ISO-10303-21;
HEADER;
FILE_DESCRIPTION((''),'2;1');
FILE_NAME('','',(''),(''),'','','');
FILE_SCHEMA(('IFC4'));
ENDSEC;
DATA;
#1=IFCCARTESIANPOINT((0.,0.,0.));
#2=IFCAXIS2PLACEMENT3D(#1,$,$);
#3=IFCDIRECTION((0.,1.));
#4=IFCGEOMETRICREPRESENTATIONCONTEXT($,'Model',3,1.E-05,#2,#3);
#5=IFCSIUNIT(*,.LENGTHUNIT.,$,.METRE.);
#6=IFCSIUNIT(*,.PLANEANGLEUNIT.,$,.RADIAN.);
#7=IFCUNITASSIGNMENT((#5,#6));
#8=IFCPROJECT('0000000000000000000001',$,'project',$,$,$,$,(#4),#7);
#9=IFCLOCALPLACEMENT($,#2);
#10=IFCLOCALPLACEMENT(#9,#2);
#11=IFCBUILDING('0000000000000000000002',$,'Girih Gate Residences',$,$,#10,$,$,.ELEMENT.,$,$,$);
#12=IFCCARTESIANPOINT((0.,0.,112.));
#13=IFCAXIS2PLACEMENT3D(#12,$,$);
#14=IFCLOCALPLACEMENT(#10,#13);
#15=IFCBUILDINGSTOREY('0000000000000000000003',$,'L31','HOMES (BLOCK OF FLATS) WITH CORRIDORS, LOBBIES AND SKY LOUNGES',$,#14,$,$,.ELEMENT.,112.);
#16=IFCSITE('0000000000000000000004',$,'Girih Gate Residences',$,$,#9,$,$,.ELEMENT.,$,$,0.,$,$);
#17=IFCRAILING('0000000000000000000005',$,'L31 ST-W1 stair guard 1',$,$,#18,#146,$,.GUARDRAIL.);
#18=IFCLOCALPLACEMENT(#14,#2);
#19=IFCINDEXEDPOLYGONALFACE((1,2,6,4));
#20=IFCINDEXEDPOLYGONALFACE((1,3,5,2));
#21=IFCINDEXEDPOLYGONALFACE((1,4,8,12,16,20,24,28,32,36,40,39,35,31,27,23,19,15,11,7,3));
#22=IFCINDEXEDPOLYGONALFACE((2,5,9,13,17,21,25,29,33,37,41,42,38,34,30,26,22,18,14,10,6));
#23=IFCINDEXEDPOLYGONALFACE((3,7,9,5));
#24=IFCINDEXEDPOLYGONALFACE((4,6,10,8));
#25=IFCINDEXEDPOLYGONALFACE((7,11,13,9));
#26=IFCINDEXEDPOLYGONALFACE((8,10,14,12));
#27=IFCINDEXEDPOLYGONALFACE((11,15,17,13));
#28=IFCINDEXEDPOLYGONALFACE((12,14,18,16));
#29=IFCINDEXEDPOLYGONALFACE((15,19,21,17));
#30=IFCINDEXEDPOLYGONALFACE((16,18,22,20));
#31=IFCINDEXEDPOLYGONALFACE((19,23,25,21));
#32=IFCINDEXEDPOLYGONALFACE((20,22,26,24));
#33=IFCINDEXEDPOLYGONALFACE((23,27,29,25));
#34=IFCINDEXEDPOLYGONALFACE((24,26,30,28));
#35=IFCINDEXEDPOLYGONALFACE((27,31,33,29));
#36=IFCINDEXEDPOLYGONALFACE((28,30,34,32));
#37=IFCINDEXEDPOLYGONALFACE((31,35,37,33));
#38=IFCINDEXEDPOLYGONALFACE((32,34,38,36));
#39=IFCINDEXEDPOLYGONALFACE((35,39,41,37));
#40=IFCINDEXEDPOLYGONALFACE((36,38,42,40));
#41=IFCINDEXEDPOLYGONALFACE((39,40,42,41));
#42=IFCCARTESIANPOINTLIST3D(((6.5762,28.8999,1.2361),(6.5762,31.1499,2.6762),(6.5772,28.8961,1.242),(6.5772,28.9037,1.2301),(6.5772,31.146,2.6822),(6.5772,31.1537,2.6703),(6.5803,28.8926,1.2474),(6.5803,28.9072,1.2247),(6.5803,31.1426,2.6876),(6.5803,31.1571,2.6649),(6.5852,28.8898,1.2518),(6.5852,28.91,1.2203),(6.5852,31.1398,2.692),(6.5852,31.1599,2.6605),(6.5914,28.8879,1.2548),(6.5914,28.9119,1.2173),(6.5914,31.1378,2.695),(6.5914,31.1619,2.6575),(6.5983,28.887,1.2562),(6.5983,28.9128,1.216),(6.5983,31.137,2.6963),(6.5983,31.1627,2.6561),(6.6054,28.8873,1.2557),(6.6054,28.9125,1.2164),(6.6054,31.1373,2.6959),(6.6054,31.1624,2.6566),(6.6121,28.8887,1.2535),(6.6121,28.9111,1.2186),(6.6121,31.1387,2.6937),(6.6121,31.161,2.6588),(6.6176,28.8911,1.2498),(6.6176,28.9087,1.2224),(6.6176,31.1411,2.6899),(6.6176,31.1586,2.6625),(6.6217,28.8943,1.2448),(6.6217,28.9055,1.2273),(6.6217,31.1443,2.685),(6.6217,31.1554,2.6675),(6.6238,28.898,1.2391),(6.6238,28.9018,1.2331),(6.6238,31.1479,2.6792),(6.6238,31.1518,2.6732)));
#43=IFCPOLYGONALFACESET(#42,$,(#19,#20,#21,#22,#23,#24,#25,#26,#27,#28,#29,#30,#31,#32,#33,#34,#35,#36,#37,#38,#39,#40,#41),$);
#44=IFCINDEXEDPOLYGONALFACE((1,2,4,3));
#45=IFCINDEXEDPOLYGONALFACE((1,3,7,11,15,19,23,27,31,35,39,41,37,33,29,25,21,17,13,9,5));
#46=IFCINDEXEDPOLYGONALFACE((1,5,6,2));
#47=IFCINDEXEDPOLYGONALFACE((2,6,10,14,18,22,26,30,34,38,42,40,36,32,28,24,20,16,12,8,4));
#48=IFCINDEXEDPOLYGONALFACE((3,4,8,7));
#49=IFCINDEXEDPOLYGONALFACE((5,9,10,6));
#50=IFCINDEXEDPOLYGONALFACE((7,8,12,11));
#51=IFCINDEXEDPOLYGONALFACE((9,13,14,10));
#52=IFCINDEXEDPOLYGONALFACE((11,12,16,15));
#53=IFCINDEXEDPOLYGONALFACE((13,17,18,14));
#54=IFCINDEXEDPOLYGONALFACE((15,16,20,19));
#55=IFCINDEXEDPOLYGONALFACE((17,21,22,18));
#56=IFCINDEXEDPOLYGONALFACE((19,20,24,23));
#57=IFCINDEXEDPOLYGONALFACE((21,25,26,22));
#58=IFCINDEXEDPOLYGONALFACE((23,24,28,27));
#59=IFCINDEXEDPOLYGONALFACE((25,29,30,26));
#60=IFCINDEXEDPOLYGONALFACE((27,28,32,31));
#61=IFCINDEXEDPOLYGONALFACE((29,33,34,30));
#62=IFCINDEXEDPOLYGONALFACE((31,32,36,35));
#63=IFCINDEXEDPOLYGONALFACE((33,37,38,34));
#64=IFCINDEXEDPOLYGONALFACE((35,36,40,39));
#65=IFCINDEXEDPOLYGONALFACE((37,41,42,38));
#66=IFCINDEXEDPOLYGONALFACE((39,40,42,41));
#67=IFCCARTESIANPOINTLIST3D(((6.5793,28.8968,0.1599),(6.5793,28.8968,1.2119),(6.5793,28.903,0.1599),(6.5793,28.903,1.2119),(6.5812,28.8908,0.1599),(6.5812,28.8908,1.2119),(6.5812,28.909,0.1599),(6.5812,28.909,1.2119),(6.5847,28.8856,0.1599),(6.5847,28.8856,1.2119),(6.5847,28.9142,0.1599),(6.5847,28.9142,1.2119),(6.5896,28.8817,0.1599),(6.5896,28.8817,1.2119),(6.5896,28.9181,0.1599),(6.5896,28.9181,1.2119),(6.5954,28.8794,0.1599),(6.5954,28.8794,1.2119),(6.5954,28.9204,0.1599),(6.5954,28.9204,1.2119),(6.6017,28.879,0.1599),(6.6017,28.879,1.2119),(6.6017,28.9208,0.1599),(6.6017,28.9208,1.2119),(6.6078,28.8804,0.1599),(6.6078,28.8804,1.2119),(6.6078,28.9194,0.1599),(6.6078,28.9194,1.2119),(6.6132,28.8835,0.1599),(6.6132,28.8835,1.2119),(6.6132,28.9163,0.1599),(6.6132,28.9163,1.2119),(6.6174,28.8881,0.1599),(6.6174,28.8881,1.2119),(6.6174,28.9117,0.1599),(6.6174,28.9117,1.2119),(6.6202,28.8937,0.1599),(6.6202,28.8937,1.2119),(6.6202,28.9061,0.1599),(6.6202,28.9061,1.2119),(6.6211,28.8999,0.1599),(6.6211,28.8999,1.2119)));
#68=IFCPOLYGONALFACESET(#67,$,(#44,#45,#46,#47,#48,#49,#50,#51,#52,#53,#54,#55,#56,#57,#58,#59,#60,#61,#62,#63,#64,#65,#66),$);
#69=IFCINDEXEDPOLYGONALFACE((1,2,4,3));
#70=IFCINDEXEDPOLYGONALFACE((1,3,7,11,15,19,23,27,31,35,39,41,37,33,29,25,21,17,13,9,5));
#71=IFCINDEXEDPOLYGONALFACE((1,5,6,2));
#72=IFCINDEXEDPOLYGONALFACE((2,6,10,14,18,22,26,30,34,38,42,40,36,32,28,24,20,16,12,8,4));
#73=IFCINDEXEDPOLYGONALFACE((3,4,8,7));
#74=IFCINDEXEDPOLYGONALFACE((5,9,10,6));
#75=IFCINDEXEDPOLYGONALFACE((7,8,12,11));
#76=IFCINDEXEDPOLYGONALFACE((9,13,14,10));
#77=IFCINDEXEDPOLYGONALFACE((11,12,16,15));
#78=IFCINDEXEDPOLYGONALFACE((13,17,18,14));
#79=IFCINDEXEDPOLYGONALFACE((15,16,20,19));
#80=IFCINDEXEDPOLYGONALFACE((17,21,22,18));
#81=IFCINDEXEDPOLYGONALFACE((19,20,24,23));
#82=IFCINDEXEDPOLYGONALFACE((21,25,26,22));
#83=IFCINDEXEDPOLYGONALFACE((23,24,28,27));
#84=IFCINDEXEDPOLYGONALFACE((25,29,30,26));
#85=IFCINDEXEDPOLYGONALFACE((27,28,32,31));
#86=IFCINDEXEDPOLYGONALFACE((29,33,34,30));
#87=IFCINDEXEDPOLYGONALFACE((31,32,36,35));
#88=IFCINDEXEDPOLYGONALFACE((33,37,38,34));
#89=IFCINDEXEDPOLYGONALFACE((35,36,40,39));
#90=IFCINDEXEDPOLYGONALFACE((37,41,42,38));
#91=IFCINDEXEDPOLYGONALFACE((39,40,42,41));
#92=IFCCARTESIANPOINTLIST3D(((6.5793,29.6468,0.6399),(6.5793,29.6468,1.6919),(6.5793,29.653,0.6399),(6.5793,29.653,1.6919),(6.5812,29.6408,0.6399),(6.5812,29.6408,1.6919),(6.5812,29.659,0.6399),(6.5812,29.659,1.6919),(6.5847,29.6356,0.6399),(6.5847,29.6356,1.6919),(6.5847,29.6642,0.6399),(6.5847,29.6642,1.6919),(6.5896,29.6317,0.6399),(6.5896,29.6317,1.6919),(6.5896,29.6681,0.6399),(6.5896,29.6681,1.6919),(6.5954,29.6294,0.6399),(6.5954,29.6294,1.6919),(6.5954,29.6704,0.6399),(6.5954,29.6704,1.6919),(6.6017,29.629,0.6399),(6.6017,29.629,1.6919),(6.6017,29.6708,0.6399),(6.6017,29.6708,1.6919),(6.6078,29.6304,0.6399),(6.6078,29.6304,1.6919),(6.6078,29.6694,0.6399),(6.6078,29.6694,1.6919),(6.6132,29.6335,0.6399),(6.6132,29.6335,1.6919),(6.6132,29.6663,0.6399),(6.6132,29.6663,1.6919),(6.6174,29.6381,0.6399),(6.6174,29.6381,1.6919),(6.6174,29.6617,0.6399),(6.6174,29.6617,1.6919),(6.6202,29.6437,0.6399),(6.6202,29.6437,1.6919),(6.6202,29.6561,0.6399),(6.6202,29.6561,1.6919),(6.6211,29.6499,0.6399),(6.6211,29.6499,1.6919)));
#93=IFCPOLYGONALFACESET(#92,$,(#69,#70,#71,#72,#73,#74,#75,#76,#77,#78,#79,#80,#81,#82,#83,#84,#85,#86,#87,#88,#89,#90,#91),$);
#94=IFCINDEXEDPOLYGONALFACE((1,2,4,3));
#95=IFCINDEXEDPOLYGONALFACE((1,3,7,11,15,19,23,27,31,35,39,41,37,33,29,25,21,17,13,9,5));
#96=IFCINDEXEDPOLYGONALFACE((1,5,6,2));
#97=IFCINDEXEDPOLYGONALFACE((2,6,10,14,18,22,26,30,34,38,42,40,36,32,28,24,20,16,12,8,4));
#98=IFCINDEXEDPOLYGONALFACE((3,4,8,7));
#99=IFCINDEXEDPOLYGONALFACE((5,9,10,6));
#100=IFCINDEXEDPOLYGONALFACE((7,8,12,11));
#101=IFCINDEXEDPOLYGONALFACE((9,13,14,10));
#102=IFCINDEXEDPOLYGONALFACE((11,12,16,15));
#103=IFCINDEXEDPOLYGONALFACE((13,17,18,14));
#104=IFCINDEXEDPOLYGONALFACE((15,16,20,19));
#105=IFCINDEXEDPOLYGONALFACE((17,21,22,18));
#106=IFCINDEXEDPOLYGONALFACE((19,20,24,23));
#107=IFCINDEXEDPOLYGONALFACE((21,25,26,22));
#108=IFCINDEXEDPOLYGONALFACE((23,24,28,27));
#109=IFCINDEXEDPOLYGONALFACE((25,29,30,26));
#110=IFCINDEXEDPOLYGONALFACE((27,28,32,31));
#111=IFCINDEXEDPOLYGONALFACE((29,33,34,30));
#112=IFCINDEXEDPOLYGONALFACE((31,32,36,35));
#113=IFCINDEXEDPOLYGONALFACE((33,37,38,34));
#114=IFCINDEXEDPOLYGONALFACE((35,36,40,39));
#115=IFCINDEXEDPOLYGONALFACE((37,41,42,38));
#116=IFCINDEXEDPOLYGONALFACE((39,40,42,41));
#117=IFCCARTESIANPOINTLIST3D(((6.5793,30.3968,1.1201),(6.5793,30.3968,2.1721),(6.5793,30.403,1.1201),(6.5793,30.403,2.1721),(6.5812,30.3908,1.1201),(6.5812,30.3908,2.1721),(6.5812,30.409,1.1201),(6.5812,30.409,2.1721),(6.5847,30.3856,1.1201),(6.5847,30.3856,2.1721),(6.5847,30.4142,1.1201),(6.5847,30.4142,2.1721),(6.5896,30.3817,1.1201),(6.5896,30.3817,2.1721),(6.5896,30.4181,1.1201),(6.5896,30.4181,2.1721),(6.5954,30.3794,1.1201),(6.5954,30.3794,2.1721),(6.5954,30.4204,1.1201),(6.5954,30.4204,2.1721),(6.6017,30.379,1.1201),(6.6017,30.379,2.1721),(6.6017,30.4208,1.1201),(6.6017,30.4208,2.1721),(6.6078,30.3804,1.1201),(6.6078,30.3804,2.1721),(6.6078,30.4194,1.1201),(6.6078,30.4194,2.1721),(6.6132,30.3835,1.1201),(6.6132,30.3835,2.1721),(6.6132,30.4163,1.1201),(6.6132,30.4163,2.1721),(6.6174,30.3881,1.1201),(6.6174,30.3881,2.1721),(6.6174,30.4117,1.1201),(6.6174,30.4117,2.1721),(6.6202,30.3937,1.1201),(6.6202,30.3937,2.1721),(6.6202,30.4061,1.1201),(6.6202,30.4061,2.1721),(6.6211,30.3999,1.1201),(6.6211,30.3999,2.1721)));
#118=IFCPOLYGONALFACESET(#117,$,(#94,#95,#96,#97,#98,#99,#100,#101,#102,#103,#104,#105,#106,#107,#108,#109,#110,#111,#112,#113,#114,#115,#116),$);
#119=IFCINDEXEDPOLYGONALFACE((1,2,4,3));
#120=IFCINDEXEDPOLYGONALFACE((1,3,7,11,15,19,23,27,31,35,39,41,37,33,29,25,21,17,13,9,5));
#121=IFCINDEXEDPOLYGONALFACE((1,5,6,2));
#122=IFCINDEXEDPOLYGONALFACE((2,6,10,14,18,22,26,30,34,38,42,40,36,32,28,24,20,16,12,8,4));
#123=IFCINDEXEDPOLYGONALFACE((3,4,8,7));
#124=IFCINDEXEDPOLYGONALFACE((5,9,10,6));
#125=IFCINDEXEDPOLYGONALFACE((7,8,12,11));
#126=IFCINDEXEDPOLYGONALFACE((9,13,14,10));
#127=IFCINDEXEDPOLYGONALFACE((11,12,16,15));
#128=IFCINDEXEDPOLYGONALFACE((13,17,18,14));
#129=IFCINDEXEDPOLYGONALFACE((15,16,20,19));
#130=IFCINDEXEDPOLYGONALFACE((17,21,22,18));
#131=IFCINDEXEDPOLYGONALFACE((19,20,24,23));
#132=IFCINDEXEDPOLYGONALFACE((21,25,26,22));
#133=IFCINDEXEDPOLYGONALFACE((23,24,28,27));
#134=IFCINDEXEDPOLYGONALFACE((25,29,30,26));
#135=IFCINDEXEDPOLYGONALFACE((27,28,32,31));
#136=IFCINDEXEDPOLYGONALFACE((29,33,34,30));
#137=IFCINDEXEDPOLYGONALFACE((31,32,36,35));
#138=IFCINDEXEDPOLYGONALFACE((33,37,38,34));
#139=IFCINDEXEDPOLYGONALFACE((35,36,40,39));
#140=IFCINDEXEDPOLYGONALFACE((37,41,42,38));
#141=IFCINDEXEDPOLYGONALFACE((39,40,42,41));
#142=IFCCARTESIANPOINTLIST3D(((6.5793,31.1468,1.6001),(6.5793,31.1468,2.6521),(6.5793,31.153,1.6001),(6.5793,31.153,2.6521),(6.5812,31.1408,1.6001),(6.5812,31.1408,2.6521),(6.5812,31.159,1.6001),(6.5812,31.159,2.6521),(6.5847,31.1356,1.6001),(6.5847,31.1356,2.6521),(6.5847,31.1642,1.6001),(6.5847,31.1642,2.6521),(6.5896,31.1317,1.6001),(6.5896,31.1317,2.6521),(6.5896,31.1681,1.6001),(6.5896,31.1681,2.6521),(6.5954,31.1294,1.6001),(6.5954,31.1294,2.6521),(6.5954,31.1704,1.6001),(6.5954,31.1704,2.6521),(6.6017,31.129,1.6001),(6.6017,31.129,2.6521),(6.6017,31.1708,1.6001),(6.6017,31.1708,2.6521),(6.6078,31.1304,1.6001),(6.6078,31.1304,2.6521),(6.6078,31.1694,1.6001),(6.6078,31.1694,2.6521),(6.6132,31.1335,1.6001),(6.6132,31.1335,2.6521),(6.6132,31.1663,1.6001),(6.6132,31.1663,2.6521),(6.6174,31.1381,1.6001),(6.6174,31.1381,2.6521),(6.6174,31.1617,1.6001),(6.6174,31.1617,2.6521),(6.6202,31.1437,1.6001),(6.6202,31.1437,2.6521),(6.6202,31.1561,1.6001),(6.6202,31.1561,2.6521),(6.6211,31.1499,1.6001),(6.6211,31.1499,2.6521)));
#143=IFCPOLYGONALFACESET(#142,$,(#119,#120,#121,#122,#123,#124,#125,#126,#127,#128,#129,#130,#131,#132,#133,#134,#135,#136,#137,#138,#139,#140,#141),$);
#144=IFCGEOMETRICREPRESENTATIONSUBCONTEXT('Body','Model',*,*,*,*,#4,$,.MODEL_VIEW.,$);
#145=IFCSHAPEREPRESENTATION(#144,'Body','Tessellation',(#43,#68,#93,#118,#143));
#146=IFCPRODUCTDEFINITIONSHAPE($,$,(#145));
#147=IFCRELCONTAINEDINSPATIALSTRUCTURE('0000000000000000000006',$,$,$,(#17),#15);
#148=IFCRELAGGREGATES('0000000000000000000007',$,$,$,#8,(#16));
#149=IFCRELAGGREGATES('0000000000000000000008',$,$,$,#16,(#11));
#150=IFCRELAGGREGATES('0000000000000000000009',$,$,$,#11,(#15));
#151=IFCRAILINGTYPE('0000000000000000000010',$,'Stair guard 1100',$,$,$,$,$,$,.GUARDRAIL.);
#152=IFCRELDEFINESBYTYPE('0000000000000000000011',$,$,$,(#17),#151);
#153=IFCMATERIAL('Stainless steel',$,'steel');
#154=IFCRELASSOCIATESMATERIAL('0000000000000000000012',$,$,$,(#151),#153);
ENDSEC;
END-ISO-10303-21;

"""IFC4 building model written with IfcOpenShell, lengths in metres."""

from ifc_helpers import new_model, si_unit, direction, frame, origin, origin_2d, place, context, subcontext, project, spatial, circle, extrude, material, type_object, element, save


model = new_model("IFC4")

# Units and contexts
model_context = context("Model", 3, precision=1e-05, world=origin(), true_north=direction((0.0, 1.0)))
body_context = subcontext(model_context, "Body", "Model", "MODEL_VIEW")
ifc_project = project(units=[si_unit("LENGTHUNIT", "METRE"), si_unit("PLANEANGLEUNIT", "RADIAN")], contexts=[model_context])

# Site, building, storey
site_placement = place(None, origin())
site = spatial("IfcSite", under=ifc_project, at=site_placement, Name="Girih Gate Residences", CompositionType="ELEMENT", RefElevation=0.0)
building_placement = place(site_placement, origin())
building = spatial("IfcBuilding", under=site, at=building_placement, Name="Girih Gate Residences", CompositionType="ELEMENT")
storey_placement = place(building_placement, frame((0.0, 0.0, 112.0)))
storey = spatial("IfcBuildingStorey", under=building, at=storey_placement, Name="L31", Description="HOMES (BLOCK OF FLATS) WITH CORRIDORS, LOBBIES AND SKY LOUNGES", CompositionType="ELEMENT", Elevation=112.0)

# Railing
ifc_material_1 = material(Name="Stainless steel", Category="steel")
railing_type_1 = type_object("IfcRailingType", Name="Stair guard 1100", PredefinedType="GUARDRAIL", material=ifc_material_1)
railing_1_placement = place(storey_placement, frame((6.6001, 28.8999, 0.1599)))
element("IfcRailing", 1, at=railing_1_placement, inside=storey, type_object=railing_type_1, Name="L31 ST-W1 stair guard 1", PredefinedType="GUARDRAIL", context=body_context, shape_type="SweptSolid", body=[
    extrude(circle(Radius=0.0239, at=origin_2d()), frame((0.0, 0.0, 1.0762), z_axis=(0.0, 0.84224, 0.539103), x_axis=(-1.0, 0.0, 0.0)), (0.0, 0.0, 1.0), 2.6714),
    extrude(circle(Radius=0.021, at=origin_2d()), origin(), (0.0, 0.0, 1.0), 1.052),
    extrude(circle(Radius=0.021, at=origin_2d()), frame((0.0, 0.75, 0.48)), (0.0, 0.0, 1.0), 1.052),
    extrude(circle(Radius=0.021, at=origin_2d()), frame((0.0, 1.5, 0.9602)), (0.0, 0.0, 1.0), 1.052),
    extrude(circle(Radius=0.021, at=origin_2d()), frame((0.0, 2.25, 1.4402)), (0.0, 0.0, 1.0), 1.052),
])

save(model, "model.ifc")
